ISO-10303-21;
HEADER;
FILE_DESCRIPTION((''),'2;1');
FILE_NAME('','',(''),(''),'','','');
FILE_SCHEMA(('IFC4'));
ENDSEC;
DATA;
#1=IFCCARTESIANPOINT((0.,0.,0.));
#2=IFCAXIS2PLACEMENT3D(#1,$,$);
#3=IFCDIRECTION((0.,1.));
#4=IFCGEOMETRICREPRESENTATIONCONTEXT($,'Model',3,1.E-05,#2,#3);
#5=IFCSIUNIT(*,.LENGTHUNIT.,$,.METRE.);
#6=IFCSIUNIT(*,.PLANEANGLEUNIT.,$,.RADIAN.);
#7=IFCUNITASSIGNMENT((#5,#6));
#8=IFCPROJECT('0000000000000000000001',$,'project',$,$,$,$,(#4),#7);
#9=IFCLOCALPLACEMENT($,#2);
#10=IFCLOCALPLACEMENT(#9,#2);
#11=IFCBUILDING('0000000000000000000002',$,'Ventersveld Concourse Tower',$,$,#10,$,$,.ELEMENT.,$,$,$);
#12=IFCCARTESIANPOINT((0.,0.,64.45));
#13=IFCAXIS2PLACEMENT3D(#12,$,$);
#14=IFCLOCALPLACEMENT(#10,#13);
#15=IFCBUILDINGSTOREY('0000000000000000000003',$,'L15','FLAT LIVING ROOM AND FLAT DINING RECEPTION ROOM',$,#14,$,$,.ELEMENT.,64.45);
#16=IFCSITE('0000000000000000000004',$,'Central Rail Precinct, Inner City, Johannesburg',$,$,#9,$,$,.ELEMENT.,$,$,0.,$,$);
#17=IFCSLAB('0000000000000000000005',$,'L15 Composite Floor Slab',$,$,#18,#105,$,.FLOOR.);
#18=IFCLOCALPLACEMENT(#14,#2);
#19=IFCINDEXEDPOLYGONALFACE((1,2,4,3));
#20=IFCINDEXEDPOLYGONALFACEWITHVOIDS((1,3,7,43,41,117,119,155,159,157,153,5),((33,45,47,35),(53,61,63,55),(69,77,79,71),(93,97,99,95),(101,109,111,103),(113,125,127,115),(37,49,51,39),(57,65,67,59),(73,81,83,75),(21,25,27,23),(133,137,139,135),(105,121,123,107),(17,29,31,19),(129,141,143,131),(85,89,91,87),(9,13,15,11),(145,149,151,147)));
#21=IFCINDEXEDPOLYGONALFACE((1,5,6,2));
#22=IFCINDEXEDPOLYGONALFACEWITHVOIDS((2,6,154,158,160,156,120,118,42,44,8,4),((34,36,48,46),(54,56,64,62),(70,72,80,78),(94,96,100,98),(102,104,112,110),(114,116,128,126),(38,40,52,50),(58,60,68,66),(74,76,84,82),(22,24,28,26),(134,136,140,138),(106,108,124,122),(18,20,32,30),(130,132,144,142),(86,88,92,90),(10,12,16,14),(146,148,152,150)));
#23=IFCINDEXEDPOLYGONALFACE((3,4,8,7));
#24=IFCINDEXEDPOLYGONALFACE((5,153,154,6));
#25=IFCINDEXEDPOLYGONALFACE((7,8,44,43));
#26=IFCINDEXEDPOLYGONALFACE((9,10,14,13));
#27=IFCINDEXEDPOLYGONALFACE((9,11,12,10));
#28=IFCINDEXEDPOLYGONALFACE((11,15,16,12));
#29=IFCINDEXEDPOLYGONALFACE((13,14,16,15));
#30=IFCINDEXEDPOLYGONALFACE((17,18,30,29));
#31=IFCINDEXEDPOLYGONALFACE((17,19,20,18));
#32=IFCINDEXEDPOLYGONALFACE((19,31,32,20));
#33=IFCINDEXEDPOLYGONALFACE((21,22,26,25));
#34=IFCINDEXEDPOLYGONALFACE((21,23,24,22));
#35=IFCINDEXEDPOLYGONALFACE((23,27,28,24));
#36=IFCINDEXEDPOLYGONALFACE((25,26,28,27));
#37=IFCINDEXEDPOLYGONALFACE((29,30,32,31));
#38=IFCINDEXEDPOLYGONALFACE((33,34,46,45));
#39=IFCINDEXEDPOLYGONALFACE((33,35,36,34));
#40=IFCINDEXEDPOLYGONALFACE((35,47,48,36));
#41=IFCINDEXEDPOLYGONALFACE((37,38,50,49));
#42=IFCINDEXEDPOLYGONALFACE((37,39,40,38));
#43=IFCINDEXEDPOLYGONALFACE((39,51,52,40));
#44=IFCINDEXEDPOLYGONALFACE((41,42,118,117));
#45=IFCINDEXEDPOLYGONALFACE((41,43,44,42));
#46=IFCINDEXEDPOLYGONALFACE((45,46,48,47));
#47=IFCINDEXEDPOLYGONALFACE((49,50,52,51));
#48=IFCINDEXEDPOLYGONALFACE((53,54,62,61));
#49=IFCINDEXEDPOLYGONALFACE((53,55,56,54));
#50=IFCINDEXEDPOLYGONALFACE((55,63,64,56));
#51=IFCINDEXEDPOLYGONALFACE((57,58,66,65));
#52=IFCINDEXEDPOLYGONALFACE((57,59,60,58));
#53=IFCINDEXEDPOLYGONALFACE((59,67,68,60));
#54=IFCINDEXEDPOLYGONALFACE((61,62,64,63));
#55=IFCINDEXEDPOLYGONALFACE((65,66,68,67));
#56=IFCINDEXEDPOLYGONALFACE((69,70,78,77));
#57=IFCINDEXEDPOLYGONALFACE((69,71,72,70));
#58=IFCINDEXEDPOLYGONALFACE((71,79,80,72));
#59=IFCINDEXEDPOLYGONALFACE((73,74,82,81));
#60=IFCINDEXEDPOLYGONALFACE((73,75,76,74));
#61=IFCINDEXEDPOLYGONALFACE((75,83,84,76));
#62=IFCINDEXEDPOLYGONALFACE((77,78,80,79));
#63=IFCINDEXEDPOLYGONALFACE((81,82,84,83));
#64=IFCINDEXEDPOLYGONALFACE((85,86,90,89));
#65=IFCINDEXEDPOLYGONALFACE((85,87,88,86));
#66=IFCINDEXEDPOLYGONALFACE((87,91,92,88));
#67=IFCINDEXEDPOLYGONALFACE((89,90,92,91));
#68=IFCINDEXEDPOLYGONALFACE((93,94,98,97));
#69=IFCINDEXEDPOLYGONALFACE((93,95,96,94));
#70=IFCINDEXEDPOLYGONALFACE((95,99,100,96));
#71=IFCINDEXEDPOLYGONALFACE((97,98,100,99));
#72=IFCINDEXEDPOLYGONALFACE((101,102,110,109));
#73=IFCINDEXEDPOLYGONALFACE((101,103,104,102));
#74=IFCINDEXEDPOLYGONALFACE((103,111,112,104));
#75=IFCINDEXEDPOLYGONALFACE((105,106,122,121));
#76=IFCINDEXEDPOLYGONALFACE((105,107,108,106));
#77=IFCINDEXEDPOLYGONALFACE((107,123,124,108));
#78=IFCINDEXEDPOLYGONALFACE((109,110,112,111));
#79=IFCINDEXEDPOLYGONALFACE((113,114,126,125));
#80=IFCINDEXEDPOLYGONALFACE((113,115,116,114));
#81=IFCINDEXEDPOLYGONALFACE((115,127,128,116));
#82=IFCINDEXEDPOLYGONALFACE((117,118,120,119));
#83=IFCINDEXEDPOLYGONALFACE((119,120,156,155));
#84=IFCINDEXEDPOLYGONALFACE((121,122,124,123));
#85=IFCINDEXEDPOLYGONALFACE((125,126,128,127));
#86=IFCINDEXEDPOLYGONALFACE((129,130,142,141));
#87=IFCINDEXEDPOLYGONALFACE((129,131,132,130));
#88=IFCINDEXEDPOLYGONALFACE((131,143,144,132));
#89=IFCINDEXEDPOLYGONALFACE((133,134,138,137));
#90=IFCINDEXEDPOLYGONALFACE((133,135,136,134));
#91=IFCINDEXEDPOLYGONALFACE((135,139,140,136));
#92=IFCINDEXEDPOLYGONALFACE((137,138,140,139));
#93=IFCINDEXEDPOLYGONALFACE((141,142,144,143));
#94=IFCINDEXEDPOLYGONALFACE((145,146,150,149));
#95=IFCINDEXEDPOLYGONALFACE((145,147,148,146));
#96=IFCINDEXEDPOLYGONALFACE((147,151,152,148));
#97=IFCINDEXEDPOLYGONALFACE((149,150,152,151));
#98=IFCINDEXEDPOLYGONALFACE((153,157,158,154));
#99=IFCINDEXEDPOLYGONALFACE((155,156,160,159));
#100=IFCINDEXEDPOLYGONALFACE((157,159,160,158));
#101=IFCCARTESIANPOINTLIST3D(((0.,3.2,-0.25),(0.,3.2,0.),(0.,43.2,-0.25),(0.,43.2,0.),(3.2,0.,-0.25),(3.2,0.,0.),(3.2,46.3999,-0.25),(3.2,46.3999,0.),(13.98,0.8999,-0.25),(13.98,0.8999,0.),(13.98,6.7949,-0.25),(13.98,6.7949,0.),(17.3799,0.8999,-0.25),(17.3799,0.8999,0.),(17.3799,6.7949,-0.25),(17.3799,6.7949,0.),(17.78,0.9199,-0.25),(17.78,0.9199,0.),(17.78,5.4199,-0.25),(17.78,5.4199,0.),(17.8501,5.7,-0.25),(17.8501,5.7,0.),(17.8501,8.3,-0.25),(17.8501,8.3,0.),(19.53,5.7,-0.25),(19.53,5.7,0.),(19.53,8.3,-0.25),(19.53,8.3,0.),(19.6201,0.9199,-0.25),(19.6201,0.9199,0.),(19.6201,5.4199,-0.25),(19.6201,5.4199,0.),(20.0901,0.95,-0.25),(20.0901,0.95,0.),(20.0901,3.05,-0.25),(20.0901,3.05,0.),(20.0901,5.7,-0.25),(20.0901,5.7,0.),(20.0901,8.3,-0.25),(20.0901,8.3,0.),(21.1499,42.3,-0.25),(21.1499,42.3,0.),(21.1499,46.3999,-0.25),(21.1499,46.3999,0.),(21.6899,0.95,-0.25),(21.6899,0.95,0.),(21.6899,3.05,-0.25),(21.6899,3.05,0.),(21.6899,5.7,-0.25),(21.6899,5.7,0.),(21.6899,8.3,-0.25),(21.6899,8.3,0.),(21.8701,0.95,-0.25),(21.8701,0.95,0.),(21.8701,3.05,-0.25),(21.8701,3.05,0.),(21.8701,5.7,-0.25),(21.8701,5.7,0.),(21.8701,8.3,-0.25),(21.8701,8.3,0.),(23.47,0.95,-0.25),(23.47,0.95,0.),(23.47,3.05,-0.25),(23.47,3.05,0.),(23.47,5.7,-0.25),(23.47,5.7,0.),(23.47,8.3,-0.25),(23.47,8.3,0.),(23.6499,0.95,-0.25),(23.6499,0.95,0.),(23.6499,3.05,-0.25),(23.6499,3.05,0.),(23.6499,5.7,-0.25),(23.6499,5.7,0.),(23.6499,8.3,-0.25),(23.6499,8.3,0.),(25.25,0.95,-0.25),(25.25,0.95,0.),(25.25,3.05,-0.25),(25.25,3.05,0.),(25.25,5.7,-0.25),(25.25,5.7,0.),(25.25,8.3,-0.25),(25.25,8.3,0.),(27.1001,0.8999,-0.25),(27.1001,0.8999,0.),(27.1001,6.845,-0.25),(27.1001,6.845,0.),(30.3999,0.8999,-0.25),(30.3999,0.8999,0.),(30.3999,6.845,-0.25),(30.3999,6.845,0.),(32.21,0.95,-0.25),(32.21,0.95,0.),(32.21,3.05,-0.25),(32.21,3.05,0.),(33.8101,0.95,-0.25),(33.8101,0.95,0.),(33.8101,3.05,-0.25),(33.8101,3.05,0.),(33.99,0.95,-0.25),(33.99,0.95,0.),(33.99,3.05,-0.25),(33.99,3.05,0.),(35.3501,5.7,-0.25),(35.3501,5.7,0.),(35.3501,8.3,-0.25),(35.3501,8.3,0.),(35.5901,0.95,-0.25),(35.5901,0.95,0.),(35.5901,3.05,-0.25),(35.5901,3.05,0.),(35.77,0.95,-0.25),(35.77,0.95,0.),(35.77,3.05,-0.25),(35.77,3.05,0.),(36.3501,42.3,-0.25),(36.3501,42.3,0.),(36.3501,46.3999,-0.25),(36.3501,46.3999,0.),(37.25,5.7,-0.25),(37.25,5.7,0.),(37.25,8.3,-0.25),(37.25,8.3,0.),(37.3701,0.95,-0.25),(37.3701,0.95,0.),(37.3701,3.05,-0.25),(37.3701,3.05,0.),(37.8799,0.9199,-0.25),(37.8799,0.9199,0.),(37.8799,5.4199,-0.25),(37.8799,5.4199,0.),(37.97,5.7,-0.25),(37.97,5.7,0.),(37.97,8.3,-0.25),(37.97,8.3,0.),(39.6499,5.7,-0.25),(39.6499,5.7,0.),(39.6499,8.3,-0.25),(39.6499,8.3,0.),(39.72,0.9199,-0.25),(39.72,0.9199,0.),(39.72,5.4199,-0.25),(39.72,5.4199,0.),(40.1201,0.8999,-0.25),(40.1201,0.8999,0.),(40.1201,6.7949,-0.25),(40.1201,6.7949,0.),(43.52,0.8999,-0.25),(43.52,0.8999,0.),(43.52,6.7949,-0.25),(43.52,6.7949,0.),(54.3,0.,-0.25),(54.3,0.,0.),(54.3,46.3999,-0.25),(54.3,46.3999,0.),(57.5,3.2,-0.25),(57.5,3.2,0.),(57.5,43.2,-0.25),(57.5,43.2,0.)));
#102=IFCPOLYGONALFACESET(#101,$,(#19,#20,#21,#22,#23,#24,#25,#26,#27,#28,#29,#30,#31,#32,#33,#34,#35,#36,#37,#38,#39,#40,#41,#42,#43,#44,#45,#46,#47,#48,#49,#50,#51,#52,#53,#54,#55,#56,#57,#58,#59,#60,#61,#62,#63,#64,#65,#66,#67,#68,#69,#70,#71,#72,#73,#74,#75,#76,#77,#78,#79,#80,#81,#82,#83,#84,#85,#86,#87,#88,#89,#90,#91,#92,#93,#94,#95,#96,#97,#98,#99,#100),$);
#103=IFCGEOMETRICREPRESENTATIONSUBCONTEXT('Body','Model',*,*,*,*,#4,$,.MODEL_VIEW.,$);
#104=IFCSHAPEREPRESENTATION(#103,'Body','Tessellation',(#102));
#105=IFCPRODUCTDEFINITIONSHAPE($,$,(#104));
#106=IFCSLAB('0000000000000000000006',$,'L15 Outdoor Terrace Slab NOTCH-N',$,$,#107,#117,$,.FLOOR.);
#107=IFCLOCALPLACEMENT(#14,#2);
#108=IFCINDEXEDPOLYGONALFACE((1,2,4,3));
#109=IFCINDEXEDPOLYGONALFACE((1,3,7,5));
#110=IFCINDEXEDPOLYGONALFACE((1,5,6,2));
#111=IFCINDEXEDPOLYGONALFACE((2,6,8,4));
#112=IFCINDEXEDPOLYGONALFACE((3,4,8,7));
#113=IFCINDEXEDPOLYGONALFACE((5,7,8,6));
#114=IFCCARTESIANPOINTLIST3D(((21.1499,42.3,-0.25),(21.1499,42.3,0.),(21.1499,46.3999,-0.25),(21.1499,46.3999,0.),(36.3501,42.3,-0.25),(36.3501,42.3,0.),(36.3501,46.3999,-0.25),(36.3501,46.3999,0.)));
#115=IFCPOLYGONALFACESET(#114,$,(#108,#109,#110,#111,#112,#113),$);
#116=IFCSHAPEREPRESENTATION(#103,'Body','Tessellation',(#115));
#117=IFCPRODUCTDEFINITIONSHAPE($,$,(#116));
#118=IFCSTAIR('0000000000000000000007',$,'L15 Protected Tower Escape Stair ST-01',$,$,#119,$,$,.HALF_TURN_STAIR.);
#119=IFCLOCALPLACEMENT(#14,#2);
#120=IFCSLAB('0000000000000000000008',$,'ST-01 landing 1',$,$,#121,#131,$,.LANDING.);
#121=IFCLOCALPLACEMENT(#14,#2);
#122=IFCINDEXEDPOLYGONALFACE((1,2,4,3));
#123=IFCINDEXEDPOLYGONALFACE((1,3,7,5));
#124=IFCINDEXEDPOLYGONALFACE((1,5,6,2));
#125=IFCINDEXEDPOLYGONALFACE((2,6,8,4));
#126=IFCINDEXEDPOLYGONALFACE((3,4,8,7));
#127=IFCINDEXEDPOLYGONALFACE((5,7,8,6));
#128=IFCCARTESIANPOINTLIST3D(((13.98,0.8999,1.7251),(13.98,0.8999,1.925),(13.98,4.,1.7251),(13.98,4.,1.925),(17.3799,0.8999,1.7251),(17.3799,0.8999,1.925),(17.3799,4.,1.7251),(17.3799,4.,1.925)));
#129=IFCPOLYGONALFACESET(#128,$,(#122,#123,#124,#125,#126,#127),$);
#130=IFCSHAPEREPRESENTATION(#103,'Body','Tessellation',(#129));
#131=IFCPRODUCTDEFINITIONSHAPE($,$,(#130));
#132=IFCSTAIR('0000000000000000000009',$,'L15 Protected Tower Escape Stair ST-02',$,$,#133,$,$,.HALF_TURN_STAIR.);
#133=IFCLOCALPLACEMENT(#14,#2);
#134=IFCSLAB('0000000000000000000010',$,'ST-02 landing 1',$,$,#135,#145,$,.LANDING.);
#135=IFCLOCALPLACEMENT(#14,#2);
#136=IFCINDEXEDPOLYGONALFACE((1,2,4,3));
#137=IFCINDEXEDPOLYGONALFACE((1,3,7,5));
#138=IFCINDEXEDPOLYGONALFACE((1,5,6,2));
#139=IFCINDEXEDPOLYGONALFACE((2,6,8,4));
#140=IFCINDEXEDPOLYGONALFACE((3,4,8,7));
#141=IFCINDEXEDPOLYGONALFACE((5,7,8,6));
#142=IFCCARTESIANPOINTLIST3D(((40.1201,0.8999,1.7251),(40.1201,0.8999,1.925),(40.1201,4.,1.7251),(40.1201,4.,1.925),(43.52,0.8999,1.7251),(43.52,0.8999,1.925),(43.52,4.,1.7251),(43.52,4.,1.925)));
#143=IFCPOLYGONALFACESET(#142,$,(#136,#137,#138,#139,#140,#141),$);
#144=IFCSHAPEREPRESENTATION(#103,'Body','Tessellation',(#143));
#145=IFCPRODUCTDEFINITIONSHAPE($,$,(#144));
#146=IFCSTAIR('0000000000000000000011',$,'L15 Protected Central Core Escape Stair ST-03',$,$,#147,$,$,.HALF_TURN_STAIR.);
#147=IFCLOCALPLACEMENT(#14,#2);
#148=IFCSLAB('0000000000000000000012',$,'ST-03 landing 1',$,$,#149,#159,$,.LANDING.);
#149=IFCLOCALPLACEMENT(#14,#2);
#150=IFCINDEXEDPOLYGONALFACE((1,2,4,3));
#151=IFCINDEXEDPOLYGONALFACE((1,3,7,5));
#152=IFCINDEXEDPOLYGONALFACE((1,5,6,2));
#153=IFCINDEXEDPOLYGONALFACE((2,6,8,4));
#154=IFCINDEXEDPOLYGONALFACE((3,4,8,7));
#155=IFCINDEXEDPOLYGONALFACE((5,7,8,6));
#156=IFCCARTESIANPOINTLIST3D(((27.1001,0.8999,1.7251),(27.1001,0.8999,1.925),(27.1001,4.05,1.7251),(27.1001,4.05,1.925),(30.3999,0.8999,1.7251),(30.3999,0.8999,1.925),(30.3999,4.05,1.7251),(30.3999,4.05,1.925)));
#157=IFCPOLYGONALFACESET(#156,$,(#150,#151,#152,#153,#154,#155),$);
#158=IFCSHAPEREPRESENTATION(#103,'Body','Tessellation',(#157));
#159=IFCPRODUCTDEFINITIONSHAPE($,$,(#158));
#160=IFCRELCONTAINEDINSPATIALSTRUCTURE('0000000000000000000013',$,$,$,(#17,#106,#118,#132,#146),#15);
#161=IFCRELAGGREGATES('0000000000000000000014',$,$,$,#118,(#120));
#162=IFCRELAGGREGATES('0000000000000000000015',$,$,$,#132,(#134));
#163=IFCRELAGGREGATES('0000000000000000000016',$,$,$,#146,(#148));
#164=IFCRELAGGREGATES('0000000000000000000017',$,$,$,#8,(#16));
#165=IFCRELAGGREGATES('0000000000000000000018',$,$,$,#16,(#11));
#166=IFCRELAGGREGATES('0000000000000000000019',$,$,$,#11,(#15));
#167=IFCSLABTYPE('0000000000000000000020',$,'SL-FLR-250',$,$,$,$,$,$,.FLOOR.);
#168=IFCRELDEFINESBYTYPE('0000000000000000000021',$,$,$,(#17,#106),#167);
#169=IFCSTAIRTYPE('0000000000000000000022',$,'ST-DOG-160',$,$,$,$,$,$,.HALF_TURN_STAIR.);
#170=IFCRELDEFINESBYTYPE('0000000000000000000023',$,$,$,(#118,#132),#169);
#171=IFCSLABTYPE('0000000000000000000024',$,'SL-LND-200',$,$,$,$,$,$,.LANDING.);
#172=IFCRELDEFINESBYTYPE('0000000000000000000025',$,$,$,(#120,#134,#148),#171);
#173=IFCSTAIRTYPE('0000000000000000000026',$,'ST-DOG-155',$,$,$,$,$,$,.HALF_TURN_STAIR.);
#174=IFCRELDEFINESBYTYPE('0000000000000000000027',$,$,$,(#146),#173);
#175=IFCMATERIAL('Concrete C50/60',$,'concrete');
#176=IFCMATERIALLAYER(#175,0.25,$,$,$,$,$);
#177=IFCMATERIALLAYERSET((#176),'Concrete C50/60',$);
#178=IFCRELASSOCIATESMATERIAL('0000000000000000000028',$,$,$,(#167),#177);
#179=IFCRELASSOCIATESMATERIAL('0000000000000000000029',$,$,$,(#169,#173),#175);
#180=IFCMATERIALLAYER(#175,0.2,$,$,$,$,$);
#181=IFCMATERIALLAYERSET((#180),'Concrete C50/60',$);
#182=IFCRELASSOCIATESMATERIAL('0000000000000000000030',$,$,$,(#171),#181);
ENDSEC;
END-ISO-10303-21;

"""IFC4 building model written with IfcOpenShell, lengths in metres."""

from ifc_helpers import new_model, si_unit, direction, frame, origin, place, context, subcontext, project, spatial, polyline, outline, extrude, material, layer, layer_set, type_object, element, aggregate, save


model = new_model("IFC4")

# Units and contexts
model_context = context("Model", 3, precision=1e-05, world=origin(), true_north=direction((0.0, 1.0)))
body_context = subcontext(model_context, "Body", "Model", "MODEL_VIEW")
ifc_project = project(units=[si_unit("LENGTHUNIT", "METRE"), si_unit("PLANEANGLEUNIT", "RADIAN")], contexts=[model_context])

# Site, building, storey
site_placement = place(None, origin())
site = spatial("IfcSite", under=ifc_project, at=site_placement, Name="Central Rail Precinct, Inner City, Johannesburg", CompositionType="ELEMENT", RefElevation=0.0)
building_placement = place(site_placement, origin())
building = spatial("IfcBuilding", under=site, at=building_placement, Name="Ventersveld Concourse Tower", CompositionType="ELEMENT")
storey_placement = place(building_placement, frame((0.0, 0.0, 64.45)))
storey = spatial("IfcBuildingStorey", under=building, at=storey_placement, Name="L15", Description="FLAT LIVING ROOM AND FLAT DINING RECEPTION ROOM", CompositionType="ELEMENT", Elevation=64.45)

# Slabs
ifc_material_1 = material(Name="Concrete C50/60", Category="concrete")
ifc_layer_1 = layer(ifc_material_1, 0.25)
ifc_layer_set_1 = layer_set([ifc_layer_1], Name="Concrete C50/60")
slab_type_1 = type_object("IfcSlabType", Name="SL-FLR-250", PredefinedType="FLOOR", material=ifc_layer_set_1)
slab_1_placement = place(storey_placement, frame((0.0, 0.0, -0.25)))
element("IfcSlab", 1, at=slab_1_placement, inside=storey, type_object=slab_type_1, Name="L15 Composite Floor Slab", PredefinedType="FLOOR", context=body_context, shape_type="SweptSolid", body=[
    extrude(outline(polyline([(3.2, 0.0), (54.3, 0.0), (57.5, 3.2), (57.5, 43.2), (54.3, 46.3999), (36.3501, 46.3999), (36.3501, 42.3), (21.1499, 42.3), (21.1499, 46.3999), (3.2, 46.3999), (0.0, 43.2), (0.0, 3.2), (3.2, 0.0)]), holes=[polyline([(13.98, 6.7949), (13.98, 0.8999), (17.3799, 0.8999), (17.3799, 6.7949), (13.98, 6.7949)]), polyline([(40.1201, 6.7949), (40.1201, 0.8999), (43.52, 0.8999), (43.52, 6.7949), (40.1201, 6.7949)]), polyline([(27.1001, 6.845), (27.1001, 0.8999), (30.3999, 0.8999), (30.3999, 6.845), (27.1001, 6.845)]), polyline([(17.8501, 5.7), (19.53, 5.7), (19.53, 8.3), (17.8501, 8.3), (17.8501, 5.7)]), polyline([(37.97, 5.7), (39.6499, 5.7), (39.6499, 8.3), (37.97, 8.3), (37.97, 5.7)]), polyline([(35.3501, 5.7), (37.25, 5.7), (37.25, 8.3), (35.3501, 8.3), (35.3501, 5.7)]), polyline([(20.0901, 0.95), (21.6899, 0.95), (21.6899, 3.05), (20.0901, 3.05), (20.0901, 0.95)]), polyline([(21.8701, 0.95), (23.47, 0.95), (23.47, 3.05), (21.8701, 3.05), (21.8701, 0.95)]), polyline([(23.6499, 0.95), (25.25, 0.95), (25.25, 3.05), (23.6499, 3.05), (23.6499, 0.95)]), polyline([(32.21, 0.95), (33.8101, 0.95), (33.8101, 3.05), (32.21, 3.05), (32.21, 0.95)]), polyline([(33.99, 0.95), (35.5901, 0.95), (35.5901, 3.05), (33.99, 3.05), (33.99, 0.95)]), polyline([(35.77, 0.95), (37.3701, 0.95), (37.3701, 3.05), (35.77, 3.05), (35.77, 0.95)]), polyline([(20.0901, 5.7), (21.6899, 5.7), (21.6899, 8.3), (20.0901, 8.3), (20.0901, 5.7)]), polyline([(21.8701, 5.7), (23.47, 5.7), (23.47, 8.3), (21.8701, 8.3), (21.8701, 5.7)]), polyline([(23.6499, 5.7), (25.25, 5.7), (25.25, 8.3), (23.6499, 8.3), (23.6499, 5.7)]), polyline([(17.78, 0.9199), (19.6201, 0.9199), (19.6201, 5.4199), (17.78, 5.4199), (17.78, 0.9199)]), polyline([(37.8799, 0.9199), (39.72, 0.9199), (39.72, 5.4199), (37.8799, 5.4199), (37.8799, 0.9199)])]), origin(), (0.0, 0.0, 1.0), 0.25),
])
slab_2_placement = place(storey_placement, frame((0.0, 0.0, -0.25)))
element("IfcSlab", 2, at=slab_2_placement, inside=storey, type_object=slab_type_1, Name="L15 Outdoor Terrace Slab NOTCH-N", PredefinedType="FLOOR", context=body_context, shape_type="SweptSolid", body=[
    extrude(outline(polyline([(21.1499, 42.3), (36.3501, 42.3), (36.3501, 46.3999), (21.1499, 46.3999), (21.1499, 42.3)])), origin(), (0.0, 0.0, 1.0), 0.25),
])

# Stairs, slabs
stair_type_1 = type_object("IfcStairType", Name="ST-DOG-160", PredefinedType="HALF_TURN_STAIR", material=ifc_material_1)
stair_1_placement = place(storey_placement, origin())
stair_1 = element("IfcStair", 3, at=stair_1_placement, inside=storey, type_object=stair_type_1, Name="L15 Protected Tower Escape Stair ST-01", PredefinedType="HALF_TURN_STAIR")
ifc_layer_2 = layer(ifc_material_1, 0.2)
ifc_layer_set_2 = layer_set([ifc_layer_2], Name="Concrete C50/60")
slab_type_2 = type_object("IfcSlabType", Name="SL-LND-200", PredefinedType="LANDING", material=ifc_layer_set_2)
slab_3_placement = place(storey_placement, frame((0.0, 0.0, 1.7251)))
slab_3 = element("IfcSlab", 4, at=slab_3_placement, type_object=slab_type_2, Name="ST-01 landing 1", PredefinedType="LANDING", context=body_context, shape_type="SweptSolid", body=[
    extrude(outline(polyline([(13.98, 4.0), (13.98, 0.8999), (17.3799, 0.8999), (17.3799, 4.0), (13.98, 4.0)])), origin(), (0.0, 0.0, 1.0), 0.2),
])
aggregate(stair_1, [slab_3])
stair_2_placement = place(storey_placement, origin())
stair_2 = element("IfcStair", 5, at=stair_2_placement, inside=storey, type_object=stair_type_1, Name="L15 Protected Tower Escape Stair ST-02", PredefinedType="HALF_TURN_STAIR")
slab_4_placement = place(storey_placement, frame((0.0, 0.0, 1.7251)))
slab_4 = element("IfcSlab", 6, at=slab_4_placement, type_object=slab_type_2, Name="ST-02 landing 1", PredefinedType="LANDING", context=body_context, shape_type="SweptSolid", body=[
    extrude(outline(polyline([(40.1201, 4.0), (40.1201, 0.8999), (43.52, 0.8999), (43.52, 4.0), (40.1201, 4.0)])), origin(), (0.0, 0.0, 1.0), 0.2),
])
aggregate(stair_2, [slab_4])
stair_type_2 = type_object("IfcStairType", Name="ST-DOG-155", PredefinedType="HALF_TURN_STAIR", material=ifc_material_1)
stair_3_placement = place(storey_placement, origin())
stair_3 = element("IfcStair", 7, at=stair_3_placement, inside=storey, type_object=stair_type_2, Name="L15 Protected Central Core Escape Stair ST-03", PredefinedType="HALF_TURN_STAIR")
slab_5_placement = place(storey_placement, frame((0.0, 0.0, 1.7251)))
slab_5 = element("IfcSlab", 8, at=slab_5_placement, type_object=slab_type_2, Name="ST-03 landing 1", PredefinedType="LANDING", context=body_context, shape_type="SweptSolid", body=[
    extrude(outline(polyline([(27.1001, 4.05), (27.1001, 0.8999), (30.3999, 0.8999), (30.3999, 4.05), (27.1001, 4.05)])), origin(), (0.0, 0.0, 1.0), 0.2),
])
aggregate(stair_3, [slab_5])

save(model, "model.ifc")
